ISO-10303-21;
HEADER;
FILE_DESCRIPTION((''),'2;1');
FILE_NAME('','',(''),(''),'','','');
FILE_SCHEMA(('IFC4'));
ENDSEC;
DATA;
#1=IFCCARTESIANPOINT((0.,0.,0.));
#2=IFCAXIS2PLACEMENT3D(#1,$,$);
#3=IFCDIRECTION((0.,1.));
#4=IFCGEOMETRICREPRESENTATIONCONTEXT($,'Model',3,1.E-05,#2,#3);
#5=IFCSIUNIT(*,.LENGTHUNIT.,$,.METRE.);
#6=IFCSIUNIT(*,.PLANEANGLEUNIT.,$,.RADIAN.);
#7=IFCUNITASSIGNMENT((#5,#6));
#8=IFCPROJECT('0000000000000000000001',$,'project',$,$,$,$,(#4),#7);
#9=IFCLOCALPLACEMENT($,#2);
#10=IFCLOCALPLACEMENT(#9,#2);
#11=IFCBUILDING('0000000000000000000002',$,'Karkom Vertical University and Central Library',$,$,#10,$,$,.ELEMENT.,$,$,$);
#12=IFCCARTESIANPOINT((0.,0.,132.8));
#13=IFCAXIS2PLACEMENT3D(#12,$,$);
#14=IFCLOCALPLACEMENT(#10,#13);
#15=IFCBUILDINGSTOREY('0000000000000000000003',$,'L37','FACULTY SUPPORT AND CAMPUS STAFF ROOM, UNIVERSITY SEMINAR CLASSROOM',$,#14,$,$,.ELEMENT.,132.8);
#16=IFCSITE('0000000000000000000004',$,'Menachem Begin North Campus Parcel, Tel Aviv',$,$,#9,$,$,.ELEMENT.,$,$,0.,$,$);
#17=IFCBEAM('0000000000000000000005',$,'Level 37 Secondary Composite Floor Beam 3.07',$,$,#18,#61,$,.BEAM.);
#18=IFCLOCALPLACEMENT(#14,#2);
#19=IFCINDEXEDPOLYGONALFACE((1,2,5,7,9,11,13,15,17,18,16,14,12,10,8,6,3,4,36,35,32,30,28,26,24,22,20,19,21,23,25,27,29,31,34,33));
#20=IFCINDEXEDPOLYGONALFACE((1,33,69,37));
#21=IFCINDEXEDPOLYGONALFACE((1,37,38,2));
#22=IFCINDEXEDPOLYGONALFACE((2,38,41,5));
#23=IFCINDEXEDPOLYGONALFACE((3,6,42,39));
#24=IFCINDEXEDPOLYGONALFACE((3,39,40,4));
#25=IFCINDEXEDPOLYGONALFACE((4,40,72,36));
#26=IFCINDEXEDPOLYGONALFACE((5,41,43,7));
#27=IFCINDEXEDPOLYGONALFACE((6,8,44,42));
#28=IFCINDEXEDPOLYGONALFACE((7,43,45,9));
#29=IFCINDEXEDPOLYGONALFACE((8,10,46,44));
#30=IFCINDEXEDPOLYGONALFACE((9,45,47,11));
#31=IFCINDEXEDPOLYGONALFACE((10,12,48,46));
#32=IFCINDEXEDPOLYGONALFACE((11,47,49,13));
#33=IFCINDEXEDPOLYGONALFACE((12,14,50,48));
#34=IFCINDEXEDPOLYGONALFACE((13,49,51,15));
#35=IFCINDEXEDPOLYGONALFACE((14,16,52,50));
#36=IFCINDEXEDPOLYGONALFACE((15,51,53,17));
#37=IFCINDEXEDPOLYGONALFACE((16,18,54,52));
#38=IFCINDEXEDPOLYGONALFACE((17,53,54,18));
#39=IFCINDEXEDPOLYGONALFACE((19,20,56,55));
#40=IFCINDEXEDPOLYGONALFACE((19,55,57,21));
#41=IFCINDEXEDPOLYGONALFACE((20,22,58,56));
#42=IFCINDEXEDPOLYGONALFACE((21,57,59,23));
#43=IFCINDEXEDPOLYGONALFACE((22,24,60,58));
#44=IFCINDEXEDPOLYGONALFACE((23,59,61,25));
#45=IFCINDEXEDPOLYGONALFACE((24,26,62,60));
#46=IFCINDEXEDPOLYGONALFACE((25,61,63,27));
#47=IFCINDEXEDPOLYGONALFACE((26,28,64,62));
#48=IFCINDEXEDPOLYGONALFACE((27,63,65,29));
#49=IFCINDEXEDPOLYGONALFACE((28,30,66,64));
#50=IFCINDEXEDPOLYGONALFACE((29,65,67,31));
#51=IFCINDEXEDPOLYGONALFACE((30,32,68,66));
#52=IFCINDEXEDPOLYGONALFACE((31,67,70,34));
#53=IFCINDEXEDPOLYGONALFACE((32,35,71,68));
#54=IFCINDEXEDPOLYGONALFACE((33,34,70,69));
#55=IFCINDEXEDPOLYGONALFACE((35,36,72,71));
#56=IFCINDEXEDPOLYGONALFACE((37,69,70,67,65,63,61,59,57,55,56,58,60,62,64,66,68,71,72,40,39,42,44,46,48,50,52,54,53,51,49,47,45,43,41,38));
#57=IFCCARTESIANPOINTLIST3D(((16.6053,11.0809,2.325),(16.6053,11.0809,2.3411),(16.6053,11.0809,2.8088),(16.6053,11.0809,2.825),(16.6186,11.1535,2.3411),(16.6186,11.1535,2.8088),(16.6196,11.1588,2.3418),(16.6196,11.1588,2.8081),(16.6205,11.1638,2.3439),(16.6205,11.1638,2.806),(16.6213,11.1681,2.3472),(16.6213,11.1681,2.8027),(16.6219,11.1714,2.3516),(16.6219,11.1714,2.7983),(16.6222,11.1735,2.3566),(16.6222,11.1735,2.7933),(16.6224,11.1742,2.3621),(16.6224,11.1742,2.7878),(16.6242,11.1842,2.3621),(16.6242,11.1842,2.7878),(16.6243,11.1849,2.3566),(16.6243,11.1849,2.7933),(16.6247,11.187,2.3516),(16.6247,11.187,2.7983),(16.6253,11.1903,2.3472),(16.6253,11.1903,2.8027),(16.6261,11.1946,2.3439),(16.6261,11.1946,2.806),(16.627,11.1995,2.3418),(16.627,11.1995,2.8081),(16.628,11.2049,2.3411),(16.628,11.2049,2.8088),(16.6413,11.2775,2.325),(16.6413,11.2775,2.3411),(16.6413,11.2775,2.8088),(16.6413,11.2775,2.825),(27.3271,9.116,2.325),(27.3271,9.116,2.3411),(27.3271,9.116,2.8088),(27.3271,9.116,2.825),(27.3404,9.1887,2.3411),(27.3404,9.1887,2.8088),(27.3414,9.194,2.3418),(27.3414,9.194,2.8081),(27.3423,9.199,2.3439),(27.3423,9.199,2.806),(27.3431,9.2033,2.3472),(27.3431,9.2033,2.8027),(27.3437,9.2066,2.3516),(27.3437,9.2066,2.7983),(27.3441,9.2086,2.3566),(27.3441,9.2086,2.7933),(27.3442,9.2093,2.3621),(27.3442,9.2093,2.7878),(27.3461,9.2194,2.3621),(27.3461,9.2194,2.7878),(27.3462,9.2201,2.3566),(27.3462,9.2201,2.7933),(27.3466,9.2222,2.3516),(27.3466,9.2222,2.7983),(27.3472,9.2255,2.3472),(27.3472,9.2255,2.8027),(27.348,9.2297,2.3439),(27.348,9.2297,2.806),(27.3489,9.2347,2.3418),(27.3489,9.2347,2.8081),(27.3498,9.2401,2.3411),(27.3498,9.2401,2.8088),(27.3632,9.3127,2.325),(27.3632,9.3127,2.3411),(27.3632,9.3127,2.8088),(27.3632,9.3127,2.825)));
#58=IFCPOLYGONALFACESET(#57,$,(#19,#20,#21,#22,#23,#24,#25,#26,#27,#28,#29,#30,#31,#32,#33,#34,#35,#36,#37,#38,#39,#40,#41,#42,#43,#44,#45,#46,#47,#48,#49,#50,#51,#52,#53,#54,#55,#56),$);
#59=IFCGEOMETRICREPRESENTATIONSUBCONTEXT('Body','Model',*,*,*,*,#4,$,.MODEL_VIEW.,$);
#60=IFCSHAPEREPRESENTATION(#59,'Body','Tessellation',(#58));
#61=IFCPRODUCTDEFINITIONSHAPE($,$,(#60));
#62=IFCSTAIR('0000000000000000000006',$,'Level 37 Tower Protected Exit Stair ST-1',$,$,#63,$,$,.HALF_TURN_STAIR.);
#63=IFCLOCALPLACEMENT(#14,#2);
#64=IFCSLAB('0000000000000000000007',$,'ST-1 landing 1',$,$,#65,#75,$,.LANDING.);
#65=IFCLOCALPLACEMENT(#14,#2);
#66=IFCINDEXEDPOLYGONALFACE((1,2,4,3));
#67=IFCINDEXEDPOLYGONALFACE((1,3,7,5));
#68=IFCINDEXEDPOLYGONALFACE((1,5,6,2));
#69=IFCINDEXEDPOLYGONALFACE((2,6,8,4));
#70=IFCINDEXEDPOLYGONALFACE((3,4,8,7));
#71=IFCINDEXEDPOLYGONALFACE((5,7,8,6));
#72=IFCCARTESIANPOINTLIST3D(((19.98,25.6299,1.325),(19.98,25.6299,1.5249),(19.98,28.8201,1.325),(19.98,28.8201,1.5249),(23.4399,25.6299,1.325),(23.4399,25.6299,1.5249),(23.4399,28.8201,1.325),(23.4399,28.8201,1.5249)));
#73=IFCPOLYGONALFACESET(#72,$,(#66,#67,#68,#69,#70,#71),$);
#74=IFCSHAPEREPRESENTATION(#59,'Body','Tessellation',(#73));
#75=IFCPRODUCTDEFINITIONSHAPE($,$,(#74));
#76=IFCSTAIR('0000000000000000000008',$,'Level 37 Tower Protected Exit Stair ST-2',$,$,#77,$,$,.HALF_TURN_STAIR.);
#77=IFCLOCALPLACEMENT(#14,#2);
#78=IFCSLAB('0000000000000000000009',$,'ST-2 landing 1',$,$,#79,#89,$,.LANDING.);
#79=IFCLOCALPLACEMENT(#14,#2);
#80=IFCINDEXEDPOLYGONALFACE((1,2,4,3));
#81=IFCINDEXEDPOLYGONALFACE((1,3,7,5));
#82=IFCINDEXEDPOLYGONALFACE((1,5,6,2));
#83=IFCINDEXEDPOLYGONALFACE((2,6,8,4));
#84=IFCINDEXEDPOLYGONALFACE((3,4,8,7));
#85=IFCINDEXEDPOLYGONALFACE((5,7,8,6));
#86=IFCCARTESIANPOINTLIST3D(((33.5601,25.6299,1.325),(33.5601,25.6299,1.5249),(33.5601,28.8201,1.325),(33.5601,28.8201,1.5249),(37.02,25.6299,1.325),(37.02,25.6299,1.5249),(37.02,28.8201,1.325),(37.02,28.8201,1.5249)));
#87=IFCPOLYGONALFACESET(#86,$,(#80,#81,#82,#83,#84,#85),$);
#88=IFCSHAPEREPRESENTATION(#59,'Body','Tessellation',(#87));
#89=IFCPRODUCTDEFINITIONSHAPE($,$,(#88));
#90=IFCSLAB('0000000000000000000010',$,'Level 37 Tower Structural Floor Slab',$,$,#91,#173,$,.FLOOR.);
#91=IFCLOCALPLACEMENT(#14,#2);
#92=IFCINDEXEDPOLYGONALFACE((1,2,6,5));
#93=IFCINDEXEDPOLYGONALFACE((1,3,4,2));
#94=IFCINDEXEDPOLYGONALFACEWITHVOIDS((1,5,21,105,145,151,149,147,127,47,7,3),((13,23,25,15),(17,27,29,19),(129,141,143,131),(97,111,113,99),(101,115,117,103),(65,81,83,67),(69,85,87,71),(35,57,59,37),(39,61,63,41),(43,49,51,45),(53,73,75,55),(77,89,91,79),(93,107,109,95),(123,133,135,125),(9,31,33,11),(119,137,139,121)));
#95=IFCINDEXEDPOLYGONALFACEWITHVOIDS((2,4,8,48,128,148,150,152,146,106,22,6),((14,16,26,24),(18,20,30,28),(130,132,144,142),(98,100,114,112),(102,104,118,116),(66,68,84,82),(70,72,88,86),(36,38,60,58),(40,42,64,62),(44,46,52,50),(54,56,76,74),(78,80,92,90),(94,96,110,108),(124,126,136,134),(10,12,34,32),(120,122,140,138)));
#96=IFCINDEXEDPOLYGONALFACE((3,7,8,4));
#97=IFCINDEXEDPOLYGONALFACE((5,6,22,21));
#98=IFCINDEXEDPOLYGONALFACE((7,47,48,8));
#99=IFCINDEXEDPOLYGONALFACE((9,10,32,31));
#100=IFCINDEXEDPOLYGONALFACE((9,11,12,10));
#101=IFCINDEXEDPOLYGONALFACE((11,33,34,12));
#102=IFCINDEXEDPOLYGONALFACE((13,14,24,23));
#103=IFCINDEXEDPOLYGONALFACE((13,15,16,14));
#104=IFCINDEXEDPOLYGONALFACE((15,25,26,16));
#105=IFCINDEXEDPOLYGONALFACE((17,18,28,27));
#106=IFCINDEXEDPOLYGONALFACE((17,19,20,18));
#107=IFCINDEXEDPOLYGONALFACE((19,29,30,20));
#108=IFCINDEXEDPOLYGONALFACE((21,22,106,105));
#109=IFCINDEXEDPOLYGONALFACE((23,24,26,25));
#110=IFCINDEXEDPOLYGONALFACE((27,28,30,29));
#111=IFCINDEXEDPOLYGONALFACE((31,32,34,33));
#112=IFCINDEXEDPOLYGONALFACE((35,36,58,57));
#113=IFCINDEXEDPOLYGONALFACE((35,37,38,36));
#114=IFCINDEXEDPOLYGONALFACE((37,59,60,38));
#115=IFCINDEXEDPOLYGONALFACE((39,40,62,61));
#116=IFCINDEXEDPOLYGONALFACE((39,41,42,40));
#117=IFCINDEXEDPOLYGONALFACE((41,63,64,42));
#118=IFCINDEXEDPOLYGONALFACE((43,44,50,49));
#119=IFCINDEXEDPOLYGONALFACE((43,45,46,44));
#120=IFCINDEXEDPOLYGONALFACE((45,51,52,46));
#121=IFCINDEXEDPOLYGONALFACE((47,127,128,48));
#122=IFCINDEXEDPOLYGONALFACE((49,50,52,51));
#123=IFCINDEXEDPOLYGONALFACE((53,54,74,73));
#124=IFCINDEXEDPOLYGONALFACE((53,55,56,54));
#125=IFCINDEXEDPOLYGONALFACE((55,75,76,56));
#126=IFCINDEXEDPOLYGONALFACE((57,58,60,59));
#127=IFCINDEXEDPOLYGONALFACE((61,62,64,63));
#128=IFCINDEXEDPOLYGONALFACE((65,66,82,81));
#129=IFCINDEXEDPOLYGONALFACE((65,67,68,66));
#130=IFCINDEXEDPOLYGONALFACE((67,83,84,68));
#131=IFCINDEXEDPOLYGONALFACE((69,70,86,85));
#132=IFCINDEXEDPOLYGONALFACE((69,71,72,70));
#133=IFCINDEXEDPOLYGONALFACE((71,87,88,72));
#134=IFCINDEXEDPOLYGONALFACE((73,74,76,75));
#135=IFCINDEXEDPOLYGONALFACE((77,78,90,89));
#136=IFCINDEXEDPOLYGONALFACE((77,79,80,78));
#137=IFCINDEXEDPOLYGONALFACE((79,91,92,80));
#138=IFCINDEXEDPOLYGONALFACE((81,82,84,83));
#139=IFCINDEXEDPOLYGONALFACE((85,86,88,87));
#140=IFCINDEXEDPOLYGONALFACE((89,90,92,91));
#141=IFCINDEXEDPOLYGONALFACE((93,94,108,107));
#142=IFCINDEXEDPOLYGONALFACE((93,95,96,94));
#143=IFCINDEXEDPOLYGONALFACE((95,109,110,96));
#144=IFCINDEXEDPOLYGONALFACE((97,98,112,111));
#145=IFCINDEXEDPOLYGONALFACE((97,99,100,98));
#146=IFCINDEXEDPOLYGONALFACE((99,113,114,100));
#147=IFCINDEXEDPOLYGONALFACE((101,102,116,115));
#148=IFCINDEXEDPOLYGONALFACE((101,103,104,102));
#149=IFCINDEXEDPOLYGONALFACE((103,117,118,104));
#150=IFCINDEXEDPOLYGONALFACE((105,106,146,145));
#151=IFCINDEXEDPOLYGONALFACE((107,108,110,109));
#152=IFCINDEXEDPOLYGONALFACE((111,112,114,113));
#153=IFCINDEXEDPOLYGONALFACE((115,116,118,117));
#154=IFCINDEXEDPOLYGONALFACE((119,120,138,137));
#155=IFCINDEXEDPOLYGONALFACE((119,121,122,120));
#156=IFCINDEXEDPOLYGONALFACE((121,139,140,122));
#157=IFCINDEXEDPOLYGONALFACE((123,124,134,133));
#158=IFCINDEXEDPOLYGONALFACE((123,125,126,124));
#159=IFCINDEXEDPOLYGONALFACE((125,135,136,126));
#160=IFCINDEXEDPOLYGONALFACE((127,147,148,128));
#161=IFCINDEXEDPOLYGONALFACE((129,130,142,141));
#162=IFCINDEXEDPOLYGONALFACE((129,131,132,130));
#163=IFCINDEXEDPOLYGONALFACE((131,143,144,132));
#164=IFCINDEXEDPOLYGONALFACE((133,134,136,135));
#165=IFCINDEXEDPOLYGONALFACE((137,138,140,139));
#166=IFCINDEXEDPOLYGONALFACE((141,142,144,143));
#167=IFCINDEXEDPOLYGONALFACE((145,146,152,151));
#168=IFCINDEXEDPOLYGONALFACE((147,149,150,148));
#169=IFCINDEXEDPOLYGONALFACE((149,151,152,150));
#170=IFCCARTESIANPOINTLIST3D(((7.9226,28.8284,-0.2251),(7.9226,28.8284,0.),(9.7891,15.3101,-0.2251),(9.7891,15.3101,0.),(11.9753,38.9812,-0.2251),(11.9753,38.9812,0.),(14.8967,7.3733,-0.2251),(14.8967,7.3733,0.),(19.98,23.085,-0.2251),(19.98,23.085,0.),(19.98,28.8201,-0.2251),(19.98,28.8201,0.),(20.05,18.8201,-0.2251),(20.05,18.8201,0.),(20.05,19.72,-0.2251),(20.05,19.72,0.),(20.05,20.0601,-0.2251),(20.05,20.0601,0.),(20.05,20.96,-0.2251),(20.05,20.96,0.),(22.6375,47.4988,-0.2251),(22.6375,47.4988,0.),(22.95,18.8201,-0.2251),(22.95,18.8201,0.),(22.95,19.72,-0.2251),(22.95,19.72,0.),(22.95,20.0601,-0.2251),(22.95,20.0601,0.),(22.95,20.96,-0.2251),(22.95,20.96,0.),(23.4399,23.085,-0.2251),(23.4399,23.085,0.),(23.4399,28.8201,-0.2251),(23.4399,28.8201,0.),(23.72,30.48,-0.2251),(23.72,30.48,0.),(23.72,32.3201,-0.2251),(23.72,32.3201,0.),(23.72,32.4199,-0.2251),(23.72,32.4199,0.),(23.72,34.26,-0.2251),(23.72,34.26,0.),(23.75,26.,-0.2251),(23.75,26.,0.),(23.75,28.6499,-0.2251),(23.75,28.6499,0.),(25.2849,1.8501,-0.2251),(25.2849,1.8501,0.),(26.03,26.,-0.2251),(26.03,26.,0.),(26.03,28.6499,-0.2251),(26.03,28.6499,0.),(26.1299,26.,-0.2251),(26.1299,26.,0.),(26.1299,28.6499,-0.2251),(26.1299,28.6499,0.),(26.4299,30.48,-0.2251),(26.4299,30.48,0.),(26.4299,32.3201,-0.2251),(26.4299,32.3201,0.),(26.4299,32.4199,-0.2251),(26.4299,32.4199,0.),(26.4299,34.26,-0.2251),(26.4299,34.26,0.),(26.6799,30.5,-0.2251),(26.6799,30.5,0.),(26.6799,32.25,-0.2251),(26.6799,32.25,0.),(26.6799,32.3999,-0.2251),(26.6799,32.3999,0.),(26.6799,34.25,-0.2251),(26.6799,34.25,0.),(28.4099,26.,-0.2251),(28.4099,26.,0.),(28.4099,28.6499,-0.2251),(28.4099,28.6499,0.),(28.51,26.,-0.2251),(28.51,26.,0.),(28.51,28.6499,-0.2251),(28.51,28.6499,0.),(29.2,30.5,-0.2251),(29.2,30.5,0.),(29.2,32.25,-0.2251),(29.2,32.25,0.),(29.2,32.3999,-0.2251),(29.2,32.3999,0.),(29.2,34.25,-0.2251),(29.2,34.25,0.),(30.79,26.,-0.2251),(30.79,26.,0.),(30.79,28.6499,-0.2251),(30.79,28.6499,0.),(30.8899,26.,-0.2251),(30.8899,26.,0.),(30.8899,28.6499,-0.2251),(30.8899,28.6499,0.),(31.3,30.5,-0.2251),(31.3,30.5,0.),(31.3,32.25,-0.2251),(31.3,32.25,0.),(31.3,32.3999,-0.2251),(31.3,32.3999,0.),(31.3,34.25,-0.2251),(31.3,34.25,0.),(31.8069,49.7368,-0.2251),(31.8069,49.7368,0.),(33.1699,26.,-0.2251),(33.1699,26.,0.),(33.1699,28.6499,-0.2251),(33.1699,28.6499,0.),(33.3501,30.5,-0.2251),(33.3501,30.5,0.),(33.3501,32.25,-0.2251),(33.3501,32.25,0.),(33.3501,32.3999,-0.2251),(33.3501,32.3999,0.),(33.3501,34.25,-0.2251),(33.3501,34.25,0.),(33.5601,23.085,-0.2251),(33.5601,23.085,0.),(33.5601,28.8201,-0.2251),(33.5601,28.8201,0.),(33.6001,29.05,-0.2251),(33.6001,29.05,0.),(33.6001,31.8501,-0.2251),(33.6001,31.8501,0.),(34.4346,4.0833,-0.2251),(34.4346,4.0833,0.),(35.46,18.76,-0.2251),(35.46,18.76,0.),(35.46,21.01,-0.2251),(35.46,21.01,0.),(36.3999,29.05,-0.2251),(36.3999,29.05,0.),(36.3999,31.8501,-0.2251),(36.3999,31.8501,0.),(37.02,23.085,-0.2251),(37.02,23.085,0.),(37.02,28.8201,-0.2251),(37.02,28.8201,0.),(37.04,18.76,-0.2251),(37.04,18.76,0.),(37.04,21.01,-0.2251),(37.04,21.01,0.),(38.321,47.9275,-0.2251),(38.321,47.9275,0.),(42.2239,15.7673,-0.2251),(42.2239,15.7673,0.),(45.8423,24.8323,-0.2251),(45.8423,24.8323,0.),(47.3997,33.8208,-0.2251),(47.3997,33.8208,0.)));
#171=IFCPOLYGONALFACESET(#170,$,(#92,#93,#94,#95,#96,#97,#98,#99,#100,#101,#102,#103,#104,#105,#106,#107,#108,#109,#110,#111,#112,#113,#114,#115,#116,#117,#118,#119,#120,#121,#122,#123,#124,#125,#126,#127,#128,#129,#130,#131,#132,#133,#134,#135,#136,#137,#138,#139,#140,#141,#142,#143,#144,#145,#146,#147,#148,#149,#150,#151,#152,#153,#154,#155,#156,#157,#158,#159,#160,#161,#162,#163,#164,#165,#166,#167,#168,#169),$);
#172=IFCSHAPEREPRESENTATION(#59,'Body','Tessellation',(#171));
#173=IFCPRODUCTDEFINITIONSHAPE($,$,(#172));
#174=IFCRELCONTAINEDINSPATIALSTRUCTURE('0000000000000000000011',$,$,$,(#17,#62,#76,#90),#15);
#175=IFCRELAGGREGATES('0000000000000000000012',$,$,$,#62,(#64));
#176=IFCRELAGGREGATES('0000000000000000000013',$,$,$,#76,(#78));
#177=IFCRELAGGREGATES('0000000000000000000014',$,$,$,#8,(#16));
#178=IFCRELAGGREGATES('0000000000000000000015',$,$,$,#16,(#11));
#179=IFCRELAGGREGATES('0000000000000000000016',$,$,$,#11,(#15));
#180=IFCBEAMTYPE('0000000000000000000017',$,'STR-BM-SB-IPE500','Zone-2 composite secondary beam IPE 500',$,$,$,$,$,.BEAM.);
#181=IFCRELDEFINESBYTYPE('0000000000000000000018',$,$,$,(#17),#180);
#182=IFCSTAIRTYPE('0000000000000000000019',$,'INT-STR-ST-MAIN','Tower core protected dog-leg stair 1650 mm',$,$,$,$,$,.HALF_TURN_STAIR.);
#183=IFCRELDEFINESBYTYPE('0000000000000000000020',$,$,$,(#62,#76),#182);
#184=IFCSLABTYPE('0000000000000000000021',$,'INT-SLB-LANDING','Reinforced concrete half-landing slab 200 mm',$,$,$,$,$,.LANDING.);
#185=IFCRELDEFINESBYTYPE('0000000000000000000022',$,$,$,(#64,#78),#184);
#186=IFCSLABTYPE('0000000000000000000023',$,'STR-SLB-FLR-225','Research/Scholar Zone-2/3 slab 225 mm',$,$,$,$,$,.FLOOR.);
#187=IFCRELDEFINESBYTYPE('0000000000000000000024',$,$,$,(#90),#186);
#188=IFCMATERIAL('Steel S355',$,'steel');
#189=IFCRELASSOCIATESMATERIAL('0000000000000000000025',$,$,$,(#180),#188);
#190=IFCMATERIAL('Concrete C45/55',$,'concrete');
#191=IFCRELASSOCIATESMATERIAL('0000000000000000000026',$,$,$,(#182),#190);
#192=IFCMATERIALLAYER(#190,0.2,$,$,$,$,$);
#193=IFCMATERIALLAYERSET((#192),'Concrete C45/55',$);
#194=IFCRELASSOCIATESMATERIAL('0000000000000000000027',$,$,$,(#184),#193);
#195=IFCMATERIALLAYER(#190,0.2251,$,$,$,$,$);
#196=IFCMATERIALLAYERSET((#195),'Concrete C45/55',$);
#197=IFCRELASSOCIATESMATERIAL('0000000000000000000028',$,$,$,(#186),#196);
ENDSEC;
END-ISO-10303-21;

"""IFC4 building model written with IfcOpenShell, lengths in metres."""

from ifc_helpers import new_model, si_unit, direction, frame, origin, origin_with_axes, origin_2d, place, context, subcontext, project, spatial, polyline, i_section, outline, extrude, source, transform, mapped, material, layer, layer_set, material_profile, profile_set, type_object, element, aggregate, save


model = new_model("IFC4")

# Units and contexts
model_context = context("Model", 3, precision=1e-05, world=origin(), true_north=direction((0.0, 1.0)))
body_context = subcontext(model_context, "Body", "Model", "MODEL_VIEW")
ifc_project = project(units=[si_unit("LENGTHUNIT", "METRE"), si_unit("PLANEANGLEUNIT", "RADIAN")], contexts=[model_context])

# Site, building, storey
site_placement = place(None, origin())
site = spatial("IfcSite", under=ifc_project, at=site_placement, Name="Menachem Begin North Campus Parcel, Tel Aviv", CompositionType="ELEMENT", RefElevation=0.0)
building_placement = place(site_placement, origin())
building = spatial("IfcBuilding", under=site, at=building_placement, Name="Karkom Vertical University and Central Library", CompositionType="ELEMENT")
storey_placement = place(building_placement, frame((0.0, 0.0, 132.8)))
storey = spatial("IfcBuildingStorey", under=building, at=storey_placement, Name="L37", Description="FACULTY SUPPORT AND CAMPUS STAFF ROOM, UNIVERSITY SEMINAR CLASSROOM", CompositionType="ELEMENT", Elevation=132.8)

# Beam
ifc_material_1 = material(Name="Steel S355", Category="steel")
ifc_material_profile_1 = material_profile(ifc_material_1, i_section(OverallWidth=0.2, OverallDepth=0.5, WebThickness=0.0103, FlangeThickness=0.0161, FilletRadius=0.021, at=origin_2d()), Name="IPE 500")
ifc_profile_set_1 = profile_set([ifc_material_profile_1], Name="Steel S355")
beam_type_1 = type_object("IfcBeamType", Name="STR-BM-SB-IPE500", Description="Zone-2 composite secondary beam IPE 500", PredefinedType="BEAM", material=ifc_profile_set_1)
shared_shape_1 = source(origin_with_axes(), body_context, "Body", "SweptSolid", [
    extrude(i_section(OverallWidth=0.2, OverallDepth=0.5, WebThickness=0.0103, FlangeThickness=0.0161, FilletRadius=0.021, at=origin_2d()), origin(), (0.0, 0.0, 1.0), 10.9004),
])
beam_1_placement = place(storey_placement, frame((16.6233, 11.1792, 2.575), z_axis=(0.98362, -0.180253, 0.0), x_axis=(0.180253, 0.98362, 0.0)))
element("IfcBeam", 1, at=beam_1_placement, inside=storey, type_object=beam_type_1, Name="Level 37 Secondary Composite Floor Beam 3.07", PredefinedType="BEAM", context=body_context, shape_type="MappedRepresentation", body=[
    mapped(shared_shape_1, transform((0.0, 0.0, 0.0), scale=1.0)),
])

# Stairs, slabs
ifc_material_2 = material(Name="Concrete C45/55", Category="concrete")
stair_type = type_object("IfcStairType", Name="INT-STR-ST-MAIN", Description="Tower core protected dog-leg stair 1650 mm", PredefinedType="HALF_TURN_STAIR", material=ifc_material_2)
stair_1_placement = place(storey_placement, origin())
stair_1 = element("IfcStair", 2, at=stair_1_placement, inside=storey, type_object=stair_type, Name="Level 37 Tower Protected Exit Stair ST-1", PredefinedType="HALF_TURN_STAIR")
ifc_layer_1 = layer(ifc_material_2, 0.2)
ifc_layer_set_1 = layer_set([ifc_layer_1], Name="Concrete C45/55")
slab_type_1 = type_object("IfcSlabType", Name="INT-SLB-LANDING", Description="Reinforced concrete half-landing slab 200 mm", PredefinedType="LANDING", material=ifc_layer_set_1)
slab_1_placement = place(storey_placement, frame((0.0, 0.0, 1.325)))
slab_1 = element("IfcSlab", 3, at=slab_1_placement, type_object=slab_type_1, Name="ST-1 landing 1", PredefinedType="LANDING", context=body_context, shape_type="SweptSolid", body=[
    extrude(outline(polyline([(23.4399, 25.6299), (23.4399, 28.8201), (19.98, 28.8201), (19.98, 25.6299), (23.4399, 25.6299)])), origin(), (0.0, 0.0, 1.0), 0.2),
])
aggregate(stair_1, [slab_1])
stair_2_placement = place(storey_placement, origin())
stair_2 = element("IfcStair", 4, at=stair_2_placement, inside=storey, type_object=stair_type, Name="Level 37 Tower Protected Exit Stair ST-2", PredefinedType="HALF_TURN_STAIR")
slab_2_placement = place(storey_placement, frame((0.0, 0.0, 1.325)))
slab_2 = element("IfcSlab", 5, at=slab_2_placement, type_object=slab_type_1, Name="ST-2 landing 1", PredefinedType="LANDING", context=body_context, shape_type="SweptSolid", body=[
    extrude(outline(polyline([(37.02, 25.6299), (37.02, 28.8201), (33.5601, 28.8201), (33.5601, 25.6299), (37.02, 25.6299)])), origin(), (0.0, 0.0, 1.0), 0.2),
])
aggregate(stair_2, [slab_2])

# Slab
ifc_layer_2 = layer(ifc_material_2, 0.2251)
ifc_layer_set_2 = layer_set([ifc_layer_2], Name="Concrete C45/55")
slab_type_2 = type_object("IfcSlabType", Name="STR-SLB-FLR-225", Description="Research/Scholar Zone-2/3 slab 225 mm", PredefinedType="FLOOR", material=ifc_layer_set_2)
slab_3_placement = place(storey_placement, frame((0.0, 0.0, -0.2251)))
element("IfcSlab", 6, at=slab_3_placement, inside=storey, type_object=slab_type_2, Name="Level 37 Tower Structural Floor Slab", PredefinedType="FLOOR", context=body_context, shape_type="SweptSolid", body=[
    extrude(outline(polyline([(7.9226, 28.8284), (9.7891, 15.3101), (14.8967, 7.3733), (25.2849, 1.8501), (34.4346, 4.0833), (42.2239, 15.7673), (45.8423, 24.8323), (47.3997, 33.8208), (38.321, 47.9275), (31.8069, 49.7368), (22.6375, 47.4988), (11.9753, 38.9812), (7.9226, 28.8284)]), holes=[polyline([(19.98, 23.085), (23.4399, 23.085), (23.4399, 28.8201), (19.98, 28.8201), (19.98, 23.085)]), polyline([(33.5601, 23.085), (37.02, 23.085), (37.02, 28.8201), (33.5601, 28.8201), (33.5601, 23.085)]), polyline([(23.75, 26.0), (26.03, 26.0), (26.03, 28.6499), (23.75, 28.6499), (23.75, 26.0)]), polyline([(26.1299, 26.0), (28.4099, 26.0), (28.4099, 28.6499), (26.1299, 28.6499), (26.1299, 26.0)]), polyline([(28.51, 26.0), (30.79, 26.0), (30.79, 28.6499), (28.51, 28.6499), (28.51, 26.0)]), polyline([(30.8899, 26.0), (33.1699, 26.0), (33.1699, 28.6499), (30.8899, 28.6499), (30.8899, 26.0)]), polyline([(26.6799, 30.5), (29.2, 30.5), (29.2, 32.25), (26.6799, 32.25), (26.6799, 30.5)]), polyline([(26.6799, 32.3999), (29.2, 32.3999), (29.2, 34.25), (26.6799, 34.25), (26.6799, 32.3999)]), polyline([(31.3, 30.5), (33.3501, 30.5), (33.3501, 32.25), (31.3, 32.25), (31.3, 30.5)]), polyline([(31.3, 32.3999), (33.3501, 32.3999), (33.3501, 34.25), (31.3, 34.25), (31.3, 32.3999)]), polyline([(23.72, 30.48), (26.4299, 30.48), (26.4299, 32.3201), (23.72, 32.3201), (23.72, 30.48)]), polyline([(23.72, 32.4199), (26.4299, 32.4199), (26.4299, 34.26), (23.72, 34.26), (23.72, 32.4199)]), polyline([(33.6001, 29.05), (36.3999, 29.05), (36.3999, 31.8501), (33.6001, 31.8501), (33.6001, 29.05)]), polyline([(20.05, 18.8201), (22.95, 18.8201), (22.95, 19.72), (20.05, 19.72), (20.05, 18.8201)]), polyline([(20.05, 20.0601), (22.95, 20.0601), (22.95, 20.96), (20.05, 20.96), (20.05, 20.0601)]), polyline([(35.46, 18.76), (37.04, 18.76), (37.04, 21.01), (35.46, 21.01), (35.46, 18.76)])]), origin(), (0.0, 0.0, 1.0), 0.2251),
])

save(model, "model.ifc")
